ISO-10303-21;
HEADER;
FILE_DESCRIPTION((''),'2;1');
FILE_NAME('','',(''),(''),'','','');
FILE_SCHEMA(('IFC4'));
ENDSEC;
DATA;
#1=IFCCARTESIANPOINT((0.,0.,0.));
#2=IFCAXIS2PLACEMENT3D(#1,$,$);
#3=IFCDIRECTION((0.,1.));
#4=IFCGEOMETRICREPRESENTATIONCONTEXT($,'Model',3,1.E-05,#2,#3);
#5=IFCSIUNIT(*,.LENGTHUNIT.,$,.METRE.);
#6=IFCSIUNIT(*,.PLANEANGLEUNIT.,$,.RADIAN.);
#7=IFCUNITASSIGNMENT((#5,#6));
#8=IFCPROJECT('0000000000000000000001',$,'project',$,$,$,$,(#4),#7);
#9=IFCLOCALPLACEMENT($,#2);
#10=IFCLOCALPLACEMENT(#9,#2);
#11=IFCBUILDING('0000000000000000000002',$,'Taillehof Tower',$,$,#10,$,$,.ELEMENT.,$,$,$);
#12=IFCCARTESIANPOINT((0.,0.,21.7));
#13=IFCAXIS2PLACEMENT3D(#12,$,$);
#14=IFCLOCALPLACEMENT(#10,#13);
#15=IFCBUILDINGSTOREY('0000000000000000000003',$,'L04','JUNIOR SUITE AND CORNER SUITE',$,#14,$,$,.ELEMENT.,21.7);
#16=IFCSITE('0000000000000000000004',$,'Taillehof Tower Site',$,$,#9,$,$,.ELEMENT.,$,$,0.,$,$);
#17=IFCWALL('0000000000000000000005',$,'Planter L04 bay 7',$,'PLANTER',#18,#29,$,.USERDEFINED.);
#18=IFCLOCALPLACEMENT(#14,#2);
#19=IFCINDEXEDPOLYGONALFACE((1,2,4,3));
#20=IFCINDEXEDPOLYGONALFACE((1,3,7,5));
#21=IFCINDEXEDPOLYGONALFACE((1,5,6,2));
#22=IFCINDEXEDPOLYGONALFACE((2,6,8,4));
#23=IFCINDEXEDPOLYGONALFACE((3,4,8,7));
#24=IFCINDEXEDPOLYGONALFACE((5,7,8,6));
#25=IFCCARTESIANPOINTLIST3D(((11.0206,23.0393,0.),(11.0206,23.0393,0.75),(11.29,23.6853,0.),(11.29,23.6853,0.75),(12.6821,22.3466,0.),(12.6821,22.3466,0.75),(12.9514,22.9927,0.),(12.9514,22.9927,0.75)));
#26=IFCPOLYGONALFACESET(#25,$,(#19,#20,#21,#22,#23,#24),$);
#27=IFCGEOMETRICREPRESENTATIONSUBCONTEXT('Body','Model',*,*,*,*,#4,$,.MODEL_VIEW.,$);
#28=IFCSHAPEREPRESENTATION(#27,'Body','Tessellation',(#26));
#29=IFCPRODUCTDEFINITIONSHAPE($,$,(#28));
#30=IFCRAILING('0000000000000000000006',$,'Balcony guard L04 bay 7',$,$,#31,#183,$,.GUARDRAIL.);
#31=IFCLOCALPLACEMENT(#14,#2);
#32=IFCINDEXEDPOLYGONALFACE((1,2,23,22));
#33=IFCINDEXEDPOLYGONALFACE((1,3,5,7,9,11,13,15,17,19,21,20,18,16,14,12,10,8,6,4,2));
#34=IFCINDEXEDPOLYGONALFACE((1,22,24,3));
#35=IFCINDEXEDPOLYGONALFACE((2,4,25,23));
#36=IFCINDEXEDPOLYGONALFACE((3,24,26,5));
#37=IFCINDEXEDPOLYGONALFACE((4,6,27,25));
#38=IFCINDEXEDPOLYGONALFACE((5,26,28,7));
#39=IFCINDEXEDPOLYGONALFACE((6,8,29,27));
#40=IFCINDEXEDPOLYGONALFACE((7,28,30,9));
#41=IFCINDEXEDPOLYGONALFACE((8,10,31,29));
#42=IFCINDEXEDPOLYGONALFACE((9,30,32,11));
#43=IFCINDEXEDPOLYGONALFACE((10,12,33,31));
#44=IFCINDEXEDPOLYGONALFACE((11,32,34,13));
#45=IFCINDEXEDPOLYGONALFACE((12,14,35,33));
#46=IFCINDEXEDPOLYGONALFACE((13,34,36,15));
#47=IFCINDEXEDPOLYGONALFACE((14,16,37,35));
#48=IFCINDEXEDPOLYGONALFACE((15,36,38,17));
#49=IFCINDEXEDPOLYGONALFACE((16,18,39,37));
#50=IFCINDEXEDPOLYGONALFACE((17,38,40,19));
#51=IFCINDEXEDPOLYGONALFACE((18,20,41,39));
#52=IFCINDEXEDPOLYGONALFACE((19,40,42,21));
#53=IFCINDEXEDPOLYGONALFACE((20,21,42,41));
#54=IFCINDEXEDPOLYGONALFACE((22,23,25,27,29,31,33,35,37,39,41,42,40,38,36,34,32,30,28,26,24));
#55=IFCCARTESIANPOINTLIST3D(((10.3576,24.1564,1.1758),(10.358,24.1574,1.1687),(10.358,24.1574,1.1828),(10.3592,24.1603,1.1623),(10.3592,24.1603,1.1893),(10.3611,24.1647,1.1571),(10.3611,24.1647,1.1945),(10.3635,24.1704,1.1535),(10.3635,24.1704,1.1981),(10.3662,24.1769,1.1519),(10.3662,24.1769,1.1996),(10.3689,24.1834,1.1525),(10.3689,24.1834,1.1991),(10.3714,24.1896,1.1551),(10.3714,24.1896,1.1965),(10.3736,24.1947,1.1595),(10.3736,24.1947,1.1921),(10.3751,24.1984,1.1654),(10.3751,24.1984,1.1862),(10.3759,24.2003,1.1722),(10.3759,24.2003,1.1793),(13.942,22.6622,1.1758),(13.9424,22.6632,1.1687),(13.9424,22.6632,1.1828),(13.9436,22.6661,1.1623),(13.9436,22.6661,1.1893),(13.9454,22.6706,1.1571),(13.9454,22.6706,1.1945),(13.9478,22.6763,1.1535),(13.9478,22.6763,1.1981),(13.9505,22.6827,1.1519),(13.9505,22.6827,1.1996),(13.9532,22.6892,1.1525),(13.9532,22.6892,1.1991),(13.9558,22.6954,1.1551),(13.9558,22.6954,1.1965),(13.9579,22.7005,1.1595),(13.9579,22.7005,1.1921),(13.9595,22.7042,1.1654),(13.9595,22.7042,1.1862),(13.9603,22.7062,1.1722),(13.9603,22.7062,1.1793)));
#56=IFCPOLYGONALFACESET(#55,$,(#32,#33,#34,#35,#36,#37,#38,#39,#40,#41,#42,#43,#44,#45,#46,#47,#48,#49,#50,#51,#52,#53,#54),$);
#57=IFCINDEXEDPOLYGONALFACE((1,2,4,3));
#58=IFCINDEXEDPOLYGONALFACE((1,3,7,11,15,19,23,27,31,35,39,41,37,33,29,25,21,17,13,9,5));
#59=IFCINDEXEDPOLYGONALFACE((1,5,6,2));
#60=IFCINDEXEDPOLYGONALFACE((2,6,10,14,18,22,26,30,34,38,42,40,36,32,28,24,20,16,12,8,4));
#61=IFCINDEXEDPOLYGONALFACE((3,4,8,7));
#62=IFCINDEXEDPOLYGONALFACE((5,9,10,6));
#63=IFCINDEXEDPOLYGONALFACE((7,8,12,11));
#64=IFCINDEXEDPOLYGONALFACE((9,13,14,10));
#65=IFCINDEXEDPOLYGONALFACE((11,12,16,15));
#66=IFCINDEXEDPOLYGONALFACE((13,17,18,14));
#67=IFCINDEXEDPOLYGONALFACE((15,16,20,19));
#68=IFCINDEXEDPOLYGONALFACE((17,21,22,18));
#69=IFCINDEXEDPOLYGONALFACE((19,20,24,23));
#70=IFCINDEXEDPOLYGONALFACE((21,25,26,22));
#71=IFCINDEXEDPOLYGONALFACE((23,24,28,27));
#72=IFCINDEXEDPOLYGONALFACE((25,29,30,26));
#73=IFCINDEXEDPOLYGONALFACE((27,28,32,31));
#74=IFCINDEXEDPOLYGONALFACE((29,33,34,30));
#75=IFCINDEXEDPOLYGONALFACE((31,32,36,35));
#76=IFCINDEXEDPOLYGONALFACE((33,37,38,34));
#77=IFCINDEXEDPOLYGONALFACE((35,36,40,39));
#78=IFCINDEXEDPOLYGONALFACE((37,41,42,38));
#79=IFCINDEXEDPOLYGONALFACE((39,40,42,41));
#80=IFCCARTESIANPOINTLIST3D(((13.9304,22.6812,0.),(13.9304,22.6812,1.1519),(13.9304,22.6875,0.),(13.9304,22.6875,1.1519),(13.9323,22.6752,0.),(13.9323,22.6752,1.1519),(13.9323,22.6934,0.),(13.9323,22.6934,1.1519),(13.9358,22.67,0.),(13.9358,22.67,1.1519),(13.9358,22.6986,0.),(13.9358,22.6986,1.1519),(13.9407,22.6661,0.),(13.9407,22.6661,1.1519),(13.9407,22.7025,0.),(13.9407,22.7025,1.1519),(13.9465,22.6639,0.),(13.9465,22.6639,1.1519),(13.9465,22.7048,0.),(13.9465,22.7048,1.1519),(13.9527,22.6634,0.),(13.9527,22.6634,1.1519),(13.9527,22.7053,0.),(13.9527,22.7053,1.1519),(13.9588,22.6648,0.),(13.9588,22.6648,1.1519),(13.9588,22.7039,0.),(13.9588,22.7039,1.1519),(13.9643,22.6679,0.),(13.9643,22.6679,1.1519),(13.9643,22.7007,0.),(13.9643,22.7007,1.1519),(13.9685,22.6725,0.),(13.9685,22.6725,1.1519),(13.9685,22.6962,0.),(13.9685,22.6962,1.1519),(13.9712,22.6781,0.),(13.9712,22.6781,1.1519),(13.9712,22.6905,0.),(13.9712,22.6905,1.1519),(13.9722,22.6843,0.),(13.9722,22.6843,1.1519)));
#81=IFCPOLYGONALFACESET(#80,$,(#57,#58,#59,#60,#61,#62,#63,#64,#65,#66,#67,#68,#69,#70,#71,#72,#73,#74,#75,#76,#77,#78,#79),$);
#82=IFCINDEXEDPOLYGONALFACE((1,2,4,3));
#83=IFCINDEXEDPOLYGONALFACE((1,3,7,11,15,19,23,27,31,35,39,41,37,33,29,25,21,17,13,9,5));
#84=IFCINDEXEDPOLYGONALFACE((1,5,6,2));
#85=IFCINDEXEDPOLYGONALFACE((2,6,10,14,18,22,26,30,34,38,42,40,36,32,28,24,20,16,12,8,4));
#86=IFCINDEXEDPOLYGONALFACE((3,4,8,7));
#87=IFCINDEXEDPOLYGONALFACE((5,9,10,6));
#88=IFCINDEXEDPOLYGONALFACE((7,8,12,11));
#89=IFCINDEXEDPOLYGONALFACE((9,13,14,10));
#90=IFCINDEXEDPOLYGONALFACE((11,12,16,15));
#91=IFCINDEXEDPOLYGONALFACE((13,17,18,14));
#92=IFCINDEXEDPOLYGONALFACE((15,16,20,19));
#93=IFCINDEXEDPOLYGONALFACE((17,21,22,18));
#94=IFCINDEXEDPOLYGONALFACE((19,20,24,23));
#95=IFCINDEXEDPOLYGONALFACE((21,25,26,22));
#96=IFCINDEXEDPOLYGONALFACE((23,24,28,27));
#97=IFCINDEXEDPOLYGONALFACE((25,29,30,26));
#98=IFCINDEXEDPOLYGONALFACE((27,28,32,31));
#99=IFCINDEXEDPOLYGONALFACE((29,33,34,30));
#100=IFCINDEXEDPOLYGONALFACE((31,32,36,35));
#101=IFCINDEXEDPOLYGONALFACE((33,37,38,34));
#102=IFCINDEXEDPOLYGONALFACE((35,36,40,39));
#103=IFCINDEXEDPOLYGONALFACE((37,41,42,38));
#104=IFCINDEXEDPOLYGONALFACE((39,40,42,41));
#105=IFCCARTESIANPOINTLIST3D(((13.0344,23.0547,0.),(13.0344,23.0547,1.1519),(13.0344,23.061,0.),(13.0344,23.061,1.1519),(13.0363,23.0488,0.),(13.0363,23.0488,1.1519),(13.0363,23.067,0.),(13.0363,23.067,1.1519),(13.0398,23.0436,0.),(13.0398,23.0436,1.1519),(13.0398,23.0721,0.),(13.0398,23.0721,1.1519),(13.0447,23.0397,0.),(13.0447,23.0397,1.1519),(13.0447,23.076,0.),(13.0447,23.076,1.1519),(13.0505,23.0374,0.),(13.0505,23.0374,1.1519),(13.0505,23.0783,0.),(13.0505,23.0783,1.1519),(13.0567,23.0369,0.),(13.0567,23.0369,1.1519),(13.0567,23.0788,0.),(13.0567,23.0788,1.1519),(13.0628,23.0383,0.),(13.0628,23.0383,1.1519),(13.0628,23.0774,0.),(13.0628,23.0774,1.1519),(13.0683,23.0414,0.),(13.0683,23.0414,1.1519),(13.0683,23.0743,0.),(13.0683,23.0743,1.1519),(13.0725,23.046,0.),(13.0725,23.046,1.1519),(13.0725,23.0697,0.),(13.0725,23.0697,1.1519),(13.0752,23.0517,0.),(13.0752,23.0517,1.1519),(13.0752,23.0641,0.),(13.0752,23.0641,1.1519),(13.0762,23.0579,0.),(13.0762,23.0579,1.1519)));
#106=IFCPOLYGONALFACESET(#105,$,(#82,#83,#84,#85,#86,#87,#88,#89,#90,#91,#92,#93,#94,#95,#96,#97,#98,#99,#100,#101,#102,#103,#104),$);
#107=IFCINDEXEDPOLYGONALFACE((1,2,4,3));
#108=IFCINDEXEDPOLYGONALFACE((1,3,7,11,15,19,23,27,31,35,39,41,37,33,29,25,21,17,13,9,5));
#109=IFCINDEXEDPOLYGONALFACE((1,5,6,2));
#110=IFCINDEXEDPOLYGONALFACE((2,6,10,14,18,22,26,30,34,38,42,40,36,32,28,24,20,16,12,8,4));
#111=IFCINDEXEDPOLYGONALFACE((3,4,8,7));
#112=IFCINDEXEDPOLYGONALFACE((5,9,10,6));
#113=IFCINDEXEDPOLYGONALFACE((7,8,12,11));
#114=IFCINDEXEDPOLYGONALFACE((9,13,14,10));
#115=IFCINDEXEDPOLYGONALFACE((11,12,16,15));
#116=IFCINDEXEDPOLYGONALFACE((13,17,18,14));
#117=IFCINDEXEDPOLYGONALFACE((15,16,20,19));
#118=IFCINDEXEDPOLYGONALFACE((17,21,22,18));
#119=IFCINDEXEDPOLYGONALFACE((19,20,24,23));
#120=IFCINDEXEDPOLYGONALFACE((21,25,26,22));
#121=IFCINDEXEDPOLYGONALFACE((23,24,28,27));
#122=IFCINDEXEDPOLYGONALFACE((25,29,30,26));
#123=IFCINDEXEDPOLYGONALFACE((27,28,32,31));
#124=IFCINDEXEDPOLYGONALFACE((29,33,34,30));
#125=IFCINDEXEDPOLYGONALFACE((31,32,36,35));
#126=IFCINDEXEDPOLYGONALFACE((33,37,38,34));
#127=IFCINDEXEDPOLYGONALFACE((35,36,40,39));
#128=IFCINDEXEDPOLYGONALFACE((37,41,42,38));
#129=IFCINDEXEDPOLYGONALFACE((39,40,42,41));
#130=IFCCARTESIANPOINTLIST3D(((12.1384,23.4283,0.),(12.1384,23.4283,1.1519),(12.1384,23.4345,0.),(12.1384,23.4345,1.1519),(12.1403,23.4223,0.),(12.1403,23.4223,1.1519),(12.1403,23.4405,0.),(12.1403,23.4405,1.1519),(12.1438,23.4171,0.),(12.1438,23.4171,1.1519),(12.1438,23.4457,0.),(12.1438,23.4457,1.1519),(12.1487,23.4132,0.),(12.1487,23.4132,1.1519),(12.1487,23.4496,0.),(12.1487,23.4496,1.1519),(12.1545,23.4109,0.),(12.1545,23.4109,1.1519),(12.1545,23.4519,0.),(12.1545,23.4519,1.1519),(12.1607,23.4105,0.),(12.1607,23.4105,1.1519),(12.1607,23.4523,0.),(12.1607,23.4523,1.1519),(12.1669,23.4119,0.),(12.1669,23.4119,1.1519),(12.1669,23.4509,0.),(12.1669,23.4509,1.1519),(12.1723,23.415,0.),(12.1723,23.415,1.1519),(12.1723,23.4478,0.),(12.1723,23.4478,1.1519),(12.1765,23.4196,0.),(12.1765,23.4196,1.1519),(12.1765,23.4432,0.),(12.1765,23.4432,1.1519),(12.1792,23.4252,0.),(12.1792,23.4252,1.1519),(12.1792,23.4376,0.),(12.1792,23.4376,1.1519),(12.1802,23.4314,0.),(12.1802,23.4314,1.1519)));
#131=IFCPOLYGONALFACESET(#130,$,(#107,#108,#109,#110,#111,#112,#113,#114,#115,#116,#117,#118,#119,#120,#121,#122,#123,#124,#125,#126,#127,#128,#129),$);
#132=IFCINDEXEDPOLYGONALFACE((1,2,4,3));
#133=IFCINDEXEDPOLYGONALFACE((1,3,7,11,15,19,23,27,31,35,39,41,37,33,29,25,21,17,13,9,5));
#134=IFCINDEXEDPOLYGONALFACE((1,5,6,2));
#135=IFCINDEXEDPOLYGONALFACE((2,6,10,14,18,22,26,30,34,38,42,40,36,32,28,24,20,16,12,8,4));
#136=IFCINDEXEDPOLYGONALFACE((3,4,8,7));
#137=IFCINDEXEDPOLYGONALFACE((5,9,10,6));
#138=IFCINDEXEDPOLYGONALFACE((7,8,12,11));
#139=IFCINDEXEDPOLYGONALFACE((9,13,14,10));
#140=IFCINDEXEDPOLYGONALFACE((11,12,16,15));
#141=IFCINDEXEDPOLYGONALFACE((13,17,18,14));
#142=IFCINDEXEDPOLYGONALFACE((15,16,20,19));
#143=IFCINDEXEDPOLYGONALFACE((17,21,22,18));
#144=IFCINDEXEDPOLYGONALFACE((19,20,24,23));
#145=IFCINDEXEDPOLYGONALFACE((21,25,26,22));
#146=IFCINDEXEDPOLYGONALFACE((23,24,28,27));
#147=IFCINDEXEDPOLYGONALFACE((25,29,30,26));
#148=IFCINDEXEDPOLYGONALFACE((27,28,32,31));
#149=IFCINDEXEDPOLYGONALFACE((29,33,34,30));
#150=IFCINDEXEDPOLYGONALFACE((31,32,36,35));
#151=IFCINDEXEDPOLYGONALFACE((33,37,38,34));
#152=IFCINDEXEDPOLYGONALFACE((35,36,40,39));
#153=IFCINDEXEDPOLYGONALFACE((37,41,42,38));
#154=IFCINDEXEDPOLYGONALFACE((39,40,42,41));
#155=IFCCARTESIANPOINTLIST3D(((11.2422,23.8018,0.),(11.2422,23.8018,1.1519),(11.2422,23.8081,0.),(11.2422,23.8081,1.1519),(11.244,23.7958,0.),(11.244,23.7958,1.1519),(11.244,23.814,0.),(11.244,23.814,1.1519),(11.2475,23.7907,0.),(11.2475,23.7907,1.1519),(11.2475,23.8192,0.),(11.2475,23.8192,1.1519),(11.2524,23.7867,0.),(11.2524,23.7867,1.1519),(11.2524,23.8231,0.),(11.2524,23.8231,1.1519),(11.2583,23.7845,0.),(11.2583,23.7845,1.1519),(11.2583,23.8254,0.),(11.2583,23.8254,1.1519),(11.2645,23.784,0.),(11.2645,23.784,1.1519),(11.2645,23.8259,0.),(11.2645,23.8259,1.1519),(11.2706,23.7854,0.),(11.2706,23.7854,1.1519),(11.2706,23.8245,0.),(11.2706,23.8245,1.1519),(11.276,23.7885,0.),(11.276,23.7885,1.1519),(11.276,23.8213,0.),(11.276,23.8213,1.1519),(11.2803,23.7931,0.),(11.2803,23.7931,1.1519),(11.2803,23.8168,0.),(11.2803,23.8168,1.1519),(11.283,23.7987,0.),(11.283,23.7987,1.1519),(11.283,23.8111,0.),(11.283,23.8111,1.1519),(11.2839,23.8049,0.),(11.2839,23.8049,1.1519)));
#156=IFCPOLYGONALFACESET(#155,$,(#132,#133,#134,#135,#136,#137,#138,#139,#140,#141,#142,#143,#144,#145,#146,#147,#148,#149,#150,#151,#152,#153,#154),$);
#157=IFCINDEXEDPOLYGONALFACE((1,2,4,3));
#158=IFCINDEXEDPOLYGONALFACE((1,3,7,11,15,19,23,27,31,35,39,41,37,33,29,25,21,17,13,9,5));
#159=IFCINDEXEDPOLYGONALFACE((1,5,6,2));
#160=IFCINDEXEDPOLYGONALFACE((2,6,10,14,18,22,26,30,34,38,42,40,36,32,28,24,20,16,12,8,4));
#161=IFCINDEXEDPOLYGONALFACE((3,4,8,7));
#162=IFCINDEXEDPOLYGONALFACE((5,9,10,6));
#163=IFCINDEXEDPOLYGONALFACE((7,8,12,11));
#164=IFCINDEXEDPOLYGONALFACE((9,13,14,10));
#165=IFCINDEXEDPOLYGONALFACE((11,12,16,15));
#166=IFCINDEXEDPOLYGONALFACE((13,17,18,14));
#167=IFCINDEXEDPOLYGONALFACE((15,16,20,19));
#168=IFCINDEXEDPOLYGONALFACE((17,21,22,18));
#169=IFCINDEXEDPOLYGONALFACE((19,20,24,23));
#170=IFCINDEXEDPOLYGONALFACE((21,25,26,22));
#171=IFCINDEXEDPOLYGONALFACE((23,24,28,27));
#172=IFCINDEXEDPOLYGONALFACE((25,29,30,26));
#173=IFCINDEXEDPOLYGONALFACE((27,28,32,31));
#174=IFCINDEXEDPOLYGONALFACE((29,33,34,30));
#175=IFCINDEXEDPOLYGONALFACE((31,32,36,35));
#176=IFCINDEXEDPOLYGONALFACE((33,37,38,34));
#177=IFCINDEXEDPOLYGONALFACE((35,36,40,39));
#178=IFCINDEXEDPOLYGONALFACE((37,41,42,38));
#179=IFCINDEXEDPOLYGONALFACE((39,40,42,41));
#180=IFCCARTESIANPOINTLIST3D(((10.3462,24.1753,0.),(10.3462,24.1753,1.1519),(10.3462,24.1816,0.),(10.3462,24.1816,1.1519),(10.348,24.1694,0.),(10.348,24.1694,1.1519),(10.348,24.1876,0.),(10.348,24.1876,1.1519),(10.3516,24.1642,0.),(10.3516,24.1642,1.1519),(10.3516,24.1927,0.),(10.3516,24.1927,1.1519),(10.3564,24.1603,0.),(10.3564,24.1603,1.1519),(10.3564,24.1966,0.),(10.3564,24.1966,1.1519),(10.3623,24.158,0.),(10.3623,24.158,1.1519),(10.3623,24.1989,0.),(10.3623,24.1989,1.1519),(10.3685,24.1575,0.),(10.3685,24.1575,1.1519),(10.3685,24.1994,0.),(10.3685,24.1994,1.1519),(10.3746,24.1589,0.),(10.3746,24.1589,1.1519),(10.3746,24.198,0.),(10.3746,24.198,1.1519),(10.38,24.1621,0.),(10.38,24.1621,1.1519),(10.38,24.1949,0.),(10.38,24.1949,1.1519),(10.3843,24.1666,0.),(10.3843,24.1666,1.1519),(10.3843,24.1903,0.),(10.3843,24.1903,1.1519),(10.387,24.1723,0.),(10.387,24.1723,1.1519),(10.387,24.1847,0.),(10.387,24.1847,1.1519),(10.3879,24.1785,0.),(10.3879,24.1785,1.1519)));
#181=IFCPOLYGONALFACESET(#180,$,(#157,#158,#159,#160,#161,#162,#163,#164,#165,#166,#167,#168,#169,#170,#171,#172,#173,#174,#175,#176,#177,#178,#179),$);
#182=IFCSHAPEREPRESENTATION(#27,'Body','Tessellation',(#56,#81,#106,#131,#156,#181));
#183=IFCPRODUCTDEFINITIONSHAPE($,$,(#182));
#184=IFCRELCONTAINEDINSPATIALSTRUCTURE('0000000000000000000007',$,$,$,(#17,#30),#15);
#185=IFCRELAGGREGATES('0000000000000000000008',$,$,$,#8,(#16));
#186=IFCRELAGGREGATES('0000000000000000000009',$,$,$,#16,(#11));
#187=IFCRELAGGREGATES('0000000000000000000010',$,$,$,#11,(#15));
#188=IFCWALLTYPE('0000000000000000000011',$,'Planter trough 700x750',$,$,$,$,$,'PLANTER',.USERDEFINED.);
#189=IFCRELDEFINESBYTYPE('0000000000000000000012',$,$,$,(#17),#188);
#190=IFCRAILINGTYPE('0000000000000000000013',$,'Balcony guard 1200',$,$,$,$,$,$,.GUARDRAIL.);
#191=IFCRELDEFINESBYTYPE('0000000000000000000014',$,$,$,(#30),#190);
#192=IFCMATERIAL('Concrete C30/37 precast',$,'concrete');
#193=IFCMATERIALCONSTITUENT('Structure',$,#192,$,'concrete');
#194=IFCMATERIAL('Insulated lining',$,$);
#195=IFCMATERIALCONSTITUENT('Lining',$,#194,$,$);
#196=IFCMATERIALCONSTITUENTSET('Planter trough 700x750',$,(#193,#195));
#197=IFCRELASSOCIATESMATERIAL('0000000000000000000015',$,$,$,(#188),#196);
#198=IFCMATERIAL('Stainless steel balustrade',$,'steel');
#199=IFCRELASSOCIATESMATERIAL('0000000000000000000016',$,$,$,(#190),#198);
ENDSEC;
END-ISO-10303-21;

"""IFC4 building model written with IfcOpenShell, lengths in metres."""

from ifc_helpers import new_model, si_unit, direction, frame, frame_2d, origin, origin_2d, place, context, subcontext, project, spatial, rectangle, circle, extrude, material, constituent, constituent_set, type_object, element, save


model = new_model("IFC4")

# Units and contexts
model_context = context("Model", 3, precision=1e-05, world=origin(), true_north=direction((0.0, 1.0)))
body_context = subcontext(model_context, "Body", "Model", "MODEL_VIEW")
ifc_project = project(units=[si_unit("LENGTHUNIT", "METRE"), si_unit("PLANEANGLEUNIT", "RADIAN")], contexts=[model_context])

# Site, building, storey
site_placement = place(None, origin())
site = spatial("IfcSite", under=ifc_project, at=site_placement, Name="Taillehof Tower Site", CompositionType="ELEMENT", RefElevation=0.0)
building_placement = place(site_placement, origin())
building = spatial("IfcBuilding", under=site, at=building_placement, Name="Taillehof Tower", CompositionType="ELEMENT")
storey_placement = place(building_placement, frame((0.0, 0.0, 21.7)))
storey = spatial("IfcBuildingStorey", under=building, at=storey_placement, Name="L04", Description="JUNIOR SUITE AND CORNER SUITE", CompositionType="ELEMENT", Elevation=21.7)

# Wall
ifc_material_1 = material(Name="Concrete C30/37 precast", Category="concrete")
ifc_constituent_1 = constituent(ifc_material_1, Name="Structure", Category="concrete")
ifc_material_2 = material(Name="Insulated lining")
ifc_constituent_2 = constituent(ifc_material_2, Name="Lining")
ifc_constituent_set = constituent_set(constituents=[ifc_constituent_1, ifc_constituent_2], Name="Planter trough 700x750")
wall_type_1 = type_object("IfcWallType", Name="Planter trough 700x750", ElementType="PLANTER", PredefinedType="USERDEFINED", material=ifc_constituent_set)
wall_1_placement = place(storey_placement, frame((12.8167, 22.6697, 0.0), z_axis=(0.0, 0.0, 1.0), x_axis=(-0.923001, 0.384798, 0.0)))
element("IfcWall", 1, at=wall_1_placement, inside=storey, type_object=wall_type_1, Name="Planter L04 bay 7", ObjectType="PLANTER", PredefinedType="USERDEFINED", context=body_context, shape_type="SweptSolid", body=[
    extrude(rectangle(XDim=1.8, YDim=0.7, at=frame_2d((0.8999, 0.0))), origin(), (0.0, 0.0, 1.0), 0.75),
])

# Railing
ifc_material_3 = material(Name="Stainless steel balustrade", Category="steel")
railing_type = type_object("IfcRailingType", Name="Balcony guard 1200", PredefinedType="GUARDRAIL", material=ifc_material_3)
railing_placement = place(storey_placement, frame((13.9512, 22.6843, 0.0)))
element("IfcRailing", 2, at=railing_placement, inside=storey, type_object=railing_type, Name="Balcony guard L04 bay 7", PredefinedType="GUARDRAIL", context=body_context, shape_type="SweptSolid", body=[
    extrude(circle(Radius=0.0239, at=origin_2d()), frame((0.0, 0.0, 1.1758), z_axis=(-0.923012, 0.384772, 0.0), x_axis=(-0.384772, -0.923012, 0.0)), (0.0, 0.0, 1.0), 3.8833),
    extrude(circle(Radius=0.021, at=origin_2d()), origin(), (0.0, 0.0, 1.0), 1.1519),
    extrude(circle(Radius=0.021, at=origin_2d()), frame((-0.896, 0.3735, 0.0)), (0.0, 0.0, 1.0), 1.1519),
    extrude(circle(Radius=0.021, at=origin_2d()), frame((-1.792, 0.7471, 0.0)), (0.0, 0.0, 1.0), 1.1519),
    extrude(circle(Radius=0.021, at=origin_2d()), frame((-2.6882, 1.1206, 0.0)), (0.0, 0.0, 1.0), 1.1519),
    extrude(circle(Radius=0.021, at=origin_2d()), frame((-3.5842, 1.4941, 0.0)), (0.0, 0.0, 1.0), 1.1519),
])

save(model, "model.ifc")
